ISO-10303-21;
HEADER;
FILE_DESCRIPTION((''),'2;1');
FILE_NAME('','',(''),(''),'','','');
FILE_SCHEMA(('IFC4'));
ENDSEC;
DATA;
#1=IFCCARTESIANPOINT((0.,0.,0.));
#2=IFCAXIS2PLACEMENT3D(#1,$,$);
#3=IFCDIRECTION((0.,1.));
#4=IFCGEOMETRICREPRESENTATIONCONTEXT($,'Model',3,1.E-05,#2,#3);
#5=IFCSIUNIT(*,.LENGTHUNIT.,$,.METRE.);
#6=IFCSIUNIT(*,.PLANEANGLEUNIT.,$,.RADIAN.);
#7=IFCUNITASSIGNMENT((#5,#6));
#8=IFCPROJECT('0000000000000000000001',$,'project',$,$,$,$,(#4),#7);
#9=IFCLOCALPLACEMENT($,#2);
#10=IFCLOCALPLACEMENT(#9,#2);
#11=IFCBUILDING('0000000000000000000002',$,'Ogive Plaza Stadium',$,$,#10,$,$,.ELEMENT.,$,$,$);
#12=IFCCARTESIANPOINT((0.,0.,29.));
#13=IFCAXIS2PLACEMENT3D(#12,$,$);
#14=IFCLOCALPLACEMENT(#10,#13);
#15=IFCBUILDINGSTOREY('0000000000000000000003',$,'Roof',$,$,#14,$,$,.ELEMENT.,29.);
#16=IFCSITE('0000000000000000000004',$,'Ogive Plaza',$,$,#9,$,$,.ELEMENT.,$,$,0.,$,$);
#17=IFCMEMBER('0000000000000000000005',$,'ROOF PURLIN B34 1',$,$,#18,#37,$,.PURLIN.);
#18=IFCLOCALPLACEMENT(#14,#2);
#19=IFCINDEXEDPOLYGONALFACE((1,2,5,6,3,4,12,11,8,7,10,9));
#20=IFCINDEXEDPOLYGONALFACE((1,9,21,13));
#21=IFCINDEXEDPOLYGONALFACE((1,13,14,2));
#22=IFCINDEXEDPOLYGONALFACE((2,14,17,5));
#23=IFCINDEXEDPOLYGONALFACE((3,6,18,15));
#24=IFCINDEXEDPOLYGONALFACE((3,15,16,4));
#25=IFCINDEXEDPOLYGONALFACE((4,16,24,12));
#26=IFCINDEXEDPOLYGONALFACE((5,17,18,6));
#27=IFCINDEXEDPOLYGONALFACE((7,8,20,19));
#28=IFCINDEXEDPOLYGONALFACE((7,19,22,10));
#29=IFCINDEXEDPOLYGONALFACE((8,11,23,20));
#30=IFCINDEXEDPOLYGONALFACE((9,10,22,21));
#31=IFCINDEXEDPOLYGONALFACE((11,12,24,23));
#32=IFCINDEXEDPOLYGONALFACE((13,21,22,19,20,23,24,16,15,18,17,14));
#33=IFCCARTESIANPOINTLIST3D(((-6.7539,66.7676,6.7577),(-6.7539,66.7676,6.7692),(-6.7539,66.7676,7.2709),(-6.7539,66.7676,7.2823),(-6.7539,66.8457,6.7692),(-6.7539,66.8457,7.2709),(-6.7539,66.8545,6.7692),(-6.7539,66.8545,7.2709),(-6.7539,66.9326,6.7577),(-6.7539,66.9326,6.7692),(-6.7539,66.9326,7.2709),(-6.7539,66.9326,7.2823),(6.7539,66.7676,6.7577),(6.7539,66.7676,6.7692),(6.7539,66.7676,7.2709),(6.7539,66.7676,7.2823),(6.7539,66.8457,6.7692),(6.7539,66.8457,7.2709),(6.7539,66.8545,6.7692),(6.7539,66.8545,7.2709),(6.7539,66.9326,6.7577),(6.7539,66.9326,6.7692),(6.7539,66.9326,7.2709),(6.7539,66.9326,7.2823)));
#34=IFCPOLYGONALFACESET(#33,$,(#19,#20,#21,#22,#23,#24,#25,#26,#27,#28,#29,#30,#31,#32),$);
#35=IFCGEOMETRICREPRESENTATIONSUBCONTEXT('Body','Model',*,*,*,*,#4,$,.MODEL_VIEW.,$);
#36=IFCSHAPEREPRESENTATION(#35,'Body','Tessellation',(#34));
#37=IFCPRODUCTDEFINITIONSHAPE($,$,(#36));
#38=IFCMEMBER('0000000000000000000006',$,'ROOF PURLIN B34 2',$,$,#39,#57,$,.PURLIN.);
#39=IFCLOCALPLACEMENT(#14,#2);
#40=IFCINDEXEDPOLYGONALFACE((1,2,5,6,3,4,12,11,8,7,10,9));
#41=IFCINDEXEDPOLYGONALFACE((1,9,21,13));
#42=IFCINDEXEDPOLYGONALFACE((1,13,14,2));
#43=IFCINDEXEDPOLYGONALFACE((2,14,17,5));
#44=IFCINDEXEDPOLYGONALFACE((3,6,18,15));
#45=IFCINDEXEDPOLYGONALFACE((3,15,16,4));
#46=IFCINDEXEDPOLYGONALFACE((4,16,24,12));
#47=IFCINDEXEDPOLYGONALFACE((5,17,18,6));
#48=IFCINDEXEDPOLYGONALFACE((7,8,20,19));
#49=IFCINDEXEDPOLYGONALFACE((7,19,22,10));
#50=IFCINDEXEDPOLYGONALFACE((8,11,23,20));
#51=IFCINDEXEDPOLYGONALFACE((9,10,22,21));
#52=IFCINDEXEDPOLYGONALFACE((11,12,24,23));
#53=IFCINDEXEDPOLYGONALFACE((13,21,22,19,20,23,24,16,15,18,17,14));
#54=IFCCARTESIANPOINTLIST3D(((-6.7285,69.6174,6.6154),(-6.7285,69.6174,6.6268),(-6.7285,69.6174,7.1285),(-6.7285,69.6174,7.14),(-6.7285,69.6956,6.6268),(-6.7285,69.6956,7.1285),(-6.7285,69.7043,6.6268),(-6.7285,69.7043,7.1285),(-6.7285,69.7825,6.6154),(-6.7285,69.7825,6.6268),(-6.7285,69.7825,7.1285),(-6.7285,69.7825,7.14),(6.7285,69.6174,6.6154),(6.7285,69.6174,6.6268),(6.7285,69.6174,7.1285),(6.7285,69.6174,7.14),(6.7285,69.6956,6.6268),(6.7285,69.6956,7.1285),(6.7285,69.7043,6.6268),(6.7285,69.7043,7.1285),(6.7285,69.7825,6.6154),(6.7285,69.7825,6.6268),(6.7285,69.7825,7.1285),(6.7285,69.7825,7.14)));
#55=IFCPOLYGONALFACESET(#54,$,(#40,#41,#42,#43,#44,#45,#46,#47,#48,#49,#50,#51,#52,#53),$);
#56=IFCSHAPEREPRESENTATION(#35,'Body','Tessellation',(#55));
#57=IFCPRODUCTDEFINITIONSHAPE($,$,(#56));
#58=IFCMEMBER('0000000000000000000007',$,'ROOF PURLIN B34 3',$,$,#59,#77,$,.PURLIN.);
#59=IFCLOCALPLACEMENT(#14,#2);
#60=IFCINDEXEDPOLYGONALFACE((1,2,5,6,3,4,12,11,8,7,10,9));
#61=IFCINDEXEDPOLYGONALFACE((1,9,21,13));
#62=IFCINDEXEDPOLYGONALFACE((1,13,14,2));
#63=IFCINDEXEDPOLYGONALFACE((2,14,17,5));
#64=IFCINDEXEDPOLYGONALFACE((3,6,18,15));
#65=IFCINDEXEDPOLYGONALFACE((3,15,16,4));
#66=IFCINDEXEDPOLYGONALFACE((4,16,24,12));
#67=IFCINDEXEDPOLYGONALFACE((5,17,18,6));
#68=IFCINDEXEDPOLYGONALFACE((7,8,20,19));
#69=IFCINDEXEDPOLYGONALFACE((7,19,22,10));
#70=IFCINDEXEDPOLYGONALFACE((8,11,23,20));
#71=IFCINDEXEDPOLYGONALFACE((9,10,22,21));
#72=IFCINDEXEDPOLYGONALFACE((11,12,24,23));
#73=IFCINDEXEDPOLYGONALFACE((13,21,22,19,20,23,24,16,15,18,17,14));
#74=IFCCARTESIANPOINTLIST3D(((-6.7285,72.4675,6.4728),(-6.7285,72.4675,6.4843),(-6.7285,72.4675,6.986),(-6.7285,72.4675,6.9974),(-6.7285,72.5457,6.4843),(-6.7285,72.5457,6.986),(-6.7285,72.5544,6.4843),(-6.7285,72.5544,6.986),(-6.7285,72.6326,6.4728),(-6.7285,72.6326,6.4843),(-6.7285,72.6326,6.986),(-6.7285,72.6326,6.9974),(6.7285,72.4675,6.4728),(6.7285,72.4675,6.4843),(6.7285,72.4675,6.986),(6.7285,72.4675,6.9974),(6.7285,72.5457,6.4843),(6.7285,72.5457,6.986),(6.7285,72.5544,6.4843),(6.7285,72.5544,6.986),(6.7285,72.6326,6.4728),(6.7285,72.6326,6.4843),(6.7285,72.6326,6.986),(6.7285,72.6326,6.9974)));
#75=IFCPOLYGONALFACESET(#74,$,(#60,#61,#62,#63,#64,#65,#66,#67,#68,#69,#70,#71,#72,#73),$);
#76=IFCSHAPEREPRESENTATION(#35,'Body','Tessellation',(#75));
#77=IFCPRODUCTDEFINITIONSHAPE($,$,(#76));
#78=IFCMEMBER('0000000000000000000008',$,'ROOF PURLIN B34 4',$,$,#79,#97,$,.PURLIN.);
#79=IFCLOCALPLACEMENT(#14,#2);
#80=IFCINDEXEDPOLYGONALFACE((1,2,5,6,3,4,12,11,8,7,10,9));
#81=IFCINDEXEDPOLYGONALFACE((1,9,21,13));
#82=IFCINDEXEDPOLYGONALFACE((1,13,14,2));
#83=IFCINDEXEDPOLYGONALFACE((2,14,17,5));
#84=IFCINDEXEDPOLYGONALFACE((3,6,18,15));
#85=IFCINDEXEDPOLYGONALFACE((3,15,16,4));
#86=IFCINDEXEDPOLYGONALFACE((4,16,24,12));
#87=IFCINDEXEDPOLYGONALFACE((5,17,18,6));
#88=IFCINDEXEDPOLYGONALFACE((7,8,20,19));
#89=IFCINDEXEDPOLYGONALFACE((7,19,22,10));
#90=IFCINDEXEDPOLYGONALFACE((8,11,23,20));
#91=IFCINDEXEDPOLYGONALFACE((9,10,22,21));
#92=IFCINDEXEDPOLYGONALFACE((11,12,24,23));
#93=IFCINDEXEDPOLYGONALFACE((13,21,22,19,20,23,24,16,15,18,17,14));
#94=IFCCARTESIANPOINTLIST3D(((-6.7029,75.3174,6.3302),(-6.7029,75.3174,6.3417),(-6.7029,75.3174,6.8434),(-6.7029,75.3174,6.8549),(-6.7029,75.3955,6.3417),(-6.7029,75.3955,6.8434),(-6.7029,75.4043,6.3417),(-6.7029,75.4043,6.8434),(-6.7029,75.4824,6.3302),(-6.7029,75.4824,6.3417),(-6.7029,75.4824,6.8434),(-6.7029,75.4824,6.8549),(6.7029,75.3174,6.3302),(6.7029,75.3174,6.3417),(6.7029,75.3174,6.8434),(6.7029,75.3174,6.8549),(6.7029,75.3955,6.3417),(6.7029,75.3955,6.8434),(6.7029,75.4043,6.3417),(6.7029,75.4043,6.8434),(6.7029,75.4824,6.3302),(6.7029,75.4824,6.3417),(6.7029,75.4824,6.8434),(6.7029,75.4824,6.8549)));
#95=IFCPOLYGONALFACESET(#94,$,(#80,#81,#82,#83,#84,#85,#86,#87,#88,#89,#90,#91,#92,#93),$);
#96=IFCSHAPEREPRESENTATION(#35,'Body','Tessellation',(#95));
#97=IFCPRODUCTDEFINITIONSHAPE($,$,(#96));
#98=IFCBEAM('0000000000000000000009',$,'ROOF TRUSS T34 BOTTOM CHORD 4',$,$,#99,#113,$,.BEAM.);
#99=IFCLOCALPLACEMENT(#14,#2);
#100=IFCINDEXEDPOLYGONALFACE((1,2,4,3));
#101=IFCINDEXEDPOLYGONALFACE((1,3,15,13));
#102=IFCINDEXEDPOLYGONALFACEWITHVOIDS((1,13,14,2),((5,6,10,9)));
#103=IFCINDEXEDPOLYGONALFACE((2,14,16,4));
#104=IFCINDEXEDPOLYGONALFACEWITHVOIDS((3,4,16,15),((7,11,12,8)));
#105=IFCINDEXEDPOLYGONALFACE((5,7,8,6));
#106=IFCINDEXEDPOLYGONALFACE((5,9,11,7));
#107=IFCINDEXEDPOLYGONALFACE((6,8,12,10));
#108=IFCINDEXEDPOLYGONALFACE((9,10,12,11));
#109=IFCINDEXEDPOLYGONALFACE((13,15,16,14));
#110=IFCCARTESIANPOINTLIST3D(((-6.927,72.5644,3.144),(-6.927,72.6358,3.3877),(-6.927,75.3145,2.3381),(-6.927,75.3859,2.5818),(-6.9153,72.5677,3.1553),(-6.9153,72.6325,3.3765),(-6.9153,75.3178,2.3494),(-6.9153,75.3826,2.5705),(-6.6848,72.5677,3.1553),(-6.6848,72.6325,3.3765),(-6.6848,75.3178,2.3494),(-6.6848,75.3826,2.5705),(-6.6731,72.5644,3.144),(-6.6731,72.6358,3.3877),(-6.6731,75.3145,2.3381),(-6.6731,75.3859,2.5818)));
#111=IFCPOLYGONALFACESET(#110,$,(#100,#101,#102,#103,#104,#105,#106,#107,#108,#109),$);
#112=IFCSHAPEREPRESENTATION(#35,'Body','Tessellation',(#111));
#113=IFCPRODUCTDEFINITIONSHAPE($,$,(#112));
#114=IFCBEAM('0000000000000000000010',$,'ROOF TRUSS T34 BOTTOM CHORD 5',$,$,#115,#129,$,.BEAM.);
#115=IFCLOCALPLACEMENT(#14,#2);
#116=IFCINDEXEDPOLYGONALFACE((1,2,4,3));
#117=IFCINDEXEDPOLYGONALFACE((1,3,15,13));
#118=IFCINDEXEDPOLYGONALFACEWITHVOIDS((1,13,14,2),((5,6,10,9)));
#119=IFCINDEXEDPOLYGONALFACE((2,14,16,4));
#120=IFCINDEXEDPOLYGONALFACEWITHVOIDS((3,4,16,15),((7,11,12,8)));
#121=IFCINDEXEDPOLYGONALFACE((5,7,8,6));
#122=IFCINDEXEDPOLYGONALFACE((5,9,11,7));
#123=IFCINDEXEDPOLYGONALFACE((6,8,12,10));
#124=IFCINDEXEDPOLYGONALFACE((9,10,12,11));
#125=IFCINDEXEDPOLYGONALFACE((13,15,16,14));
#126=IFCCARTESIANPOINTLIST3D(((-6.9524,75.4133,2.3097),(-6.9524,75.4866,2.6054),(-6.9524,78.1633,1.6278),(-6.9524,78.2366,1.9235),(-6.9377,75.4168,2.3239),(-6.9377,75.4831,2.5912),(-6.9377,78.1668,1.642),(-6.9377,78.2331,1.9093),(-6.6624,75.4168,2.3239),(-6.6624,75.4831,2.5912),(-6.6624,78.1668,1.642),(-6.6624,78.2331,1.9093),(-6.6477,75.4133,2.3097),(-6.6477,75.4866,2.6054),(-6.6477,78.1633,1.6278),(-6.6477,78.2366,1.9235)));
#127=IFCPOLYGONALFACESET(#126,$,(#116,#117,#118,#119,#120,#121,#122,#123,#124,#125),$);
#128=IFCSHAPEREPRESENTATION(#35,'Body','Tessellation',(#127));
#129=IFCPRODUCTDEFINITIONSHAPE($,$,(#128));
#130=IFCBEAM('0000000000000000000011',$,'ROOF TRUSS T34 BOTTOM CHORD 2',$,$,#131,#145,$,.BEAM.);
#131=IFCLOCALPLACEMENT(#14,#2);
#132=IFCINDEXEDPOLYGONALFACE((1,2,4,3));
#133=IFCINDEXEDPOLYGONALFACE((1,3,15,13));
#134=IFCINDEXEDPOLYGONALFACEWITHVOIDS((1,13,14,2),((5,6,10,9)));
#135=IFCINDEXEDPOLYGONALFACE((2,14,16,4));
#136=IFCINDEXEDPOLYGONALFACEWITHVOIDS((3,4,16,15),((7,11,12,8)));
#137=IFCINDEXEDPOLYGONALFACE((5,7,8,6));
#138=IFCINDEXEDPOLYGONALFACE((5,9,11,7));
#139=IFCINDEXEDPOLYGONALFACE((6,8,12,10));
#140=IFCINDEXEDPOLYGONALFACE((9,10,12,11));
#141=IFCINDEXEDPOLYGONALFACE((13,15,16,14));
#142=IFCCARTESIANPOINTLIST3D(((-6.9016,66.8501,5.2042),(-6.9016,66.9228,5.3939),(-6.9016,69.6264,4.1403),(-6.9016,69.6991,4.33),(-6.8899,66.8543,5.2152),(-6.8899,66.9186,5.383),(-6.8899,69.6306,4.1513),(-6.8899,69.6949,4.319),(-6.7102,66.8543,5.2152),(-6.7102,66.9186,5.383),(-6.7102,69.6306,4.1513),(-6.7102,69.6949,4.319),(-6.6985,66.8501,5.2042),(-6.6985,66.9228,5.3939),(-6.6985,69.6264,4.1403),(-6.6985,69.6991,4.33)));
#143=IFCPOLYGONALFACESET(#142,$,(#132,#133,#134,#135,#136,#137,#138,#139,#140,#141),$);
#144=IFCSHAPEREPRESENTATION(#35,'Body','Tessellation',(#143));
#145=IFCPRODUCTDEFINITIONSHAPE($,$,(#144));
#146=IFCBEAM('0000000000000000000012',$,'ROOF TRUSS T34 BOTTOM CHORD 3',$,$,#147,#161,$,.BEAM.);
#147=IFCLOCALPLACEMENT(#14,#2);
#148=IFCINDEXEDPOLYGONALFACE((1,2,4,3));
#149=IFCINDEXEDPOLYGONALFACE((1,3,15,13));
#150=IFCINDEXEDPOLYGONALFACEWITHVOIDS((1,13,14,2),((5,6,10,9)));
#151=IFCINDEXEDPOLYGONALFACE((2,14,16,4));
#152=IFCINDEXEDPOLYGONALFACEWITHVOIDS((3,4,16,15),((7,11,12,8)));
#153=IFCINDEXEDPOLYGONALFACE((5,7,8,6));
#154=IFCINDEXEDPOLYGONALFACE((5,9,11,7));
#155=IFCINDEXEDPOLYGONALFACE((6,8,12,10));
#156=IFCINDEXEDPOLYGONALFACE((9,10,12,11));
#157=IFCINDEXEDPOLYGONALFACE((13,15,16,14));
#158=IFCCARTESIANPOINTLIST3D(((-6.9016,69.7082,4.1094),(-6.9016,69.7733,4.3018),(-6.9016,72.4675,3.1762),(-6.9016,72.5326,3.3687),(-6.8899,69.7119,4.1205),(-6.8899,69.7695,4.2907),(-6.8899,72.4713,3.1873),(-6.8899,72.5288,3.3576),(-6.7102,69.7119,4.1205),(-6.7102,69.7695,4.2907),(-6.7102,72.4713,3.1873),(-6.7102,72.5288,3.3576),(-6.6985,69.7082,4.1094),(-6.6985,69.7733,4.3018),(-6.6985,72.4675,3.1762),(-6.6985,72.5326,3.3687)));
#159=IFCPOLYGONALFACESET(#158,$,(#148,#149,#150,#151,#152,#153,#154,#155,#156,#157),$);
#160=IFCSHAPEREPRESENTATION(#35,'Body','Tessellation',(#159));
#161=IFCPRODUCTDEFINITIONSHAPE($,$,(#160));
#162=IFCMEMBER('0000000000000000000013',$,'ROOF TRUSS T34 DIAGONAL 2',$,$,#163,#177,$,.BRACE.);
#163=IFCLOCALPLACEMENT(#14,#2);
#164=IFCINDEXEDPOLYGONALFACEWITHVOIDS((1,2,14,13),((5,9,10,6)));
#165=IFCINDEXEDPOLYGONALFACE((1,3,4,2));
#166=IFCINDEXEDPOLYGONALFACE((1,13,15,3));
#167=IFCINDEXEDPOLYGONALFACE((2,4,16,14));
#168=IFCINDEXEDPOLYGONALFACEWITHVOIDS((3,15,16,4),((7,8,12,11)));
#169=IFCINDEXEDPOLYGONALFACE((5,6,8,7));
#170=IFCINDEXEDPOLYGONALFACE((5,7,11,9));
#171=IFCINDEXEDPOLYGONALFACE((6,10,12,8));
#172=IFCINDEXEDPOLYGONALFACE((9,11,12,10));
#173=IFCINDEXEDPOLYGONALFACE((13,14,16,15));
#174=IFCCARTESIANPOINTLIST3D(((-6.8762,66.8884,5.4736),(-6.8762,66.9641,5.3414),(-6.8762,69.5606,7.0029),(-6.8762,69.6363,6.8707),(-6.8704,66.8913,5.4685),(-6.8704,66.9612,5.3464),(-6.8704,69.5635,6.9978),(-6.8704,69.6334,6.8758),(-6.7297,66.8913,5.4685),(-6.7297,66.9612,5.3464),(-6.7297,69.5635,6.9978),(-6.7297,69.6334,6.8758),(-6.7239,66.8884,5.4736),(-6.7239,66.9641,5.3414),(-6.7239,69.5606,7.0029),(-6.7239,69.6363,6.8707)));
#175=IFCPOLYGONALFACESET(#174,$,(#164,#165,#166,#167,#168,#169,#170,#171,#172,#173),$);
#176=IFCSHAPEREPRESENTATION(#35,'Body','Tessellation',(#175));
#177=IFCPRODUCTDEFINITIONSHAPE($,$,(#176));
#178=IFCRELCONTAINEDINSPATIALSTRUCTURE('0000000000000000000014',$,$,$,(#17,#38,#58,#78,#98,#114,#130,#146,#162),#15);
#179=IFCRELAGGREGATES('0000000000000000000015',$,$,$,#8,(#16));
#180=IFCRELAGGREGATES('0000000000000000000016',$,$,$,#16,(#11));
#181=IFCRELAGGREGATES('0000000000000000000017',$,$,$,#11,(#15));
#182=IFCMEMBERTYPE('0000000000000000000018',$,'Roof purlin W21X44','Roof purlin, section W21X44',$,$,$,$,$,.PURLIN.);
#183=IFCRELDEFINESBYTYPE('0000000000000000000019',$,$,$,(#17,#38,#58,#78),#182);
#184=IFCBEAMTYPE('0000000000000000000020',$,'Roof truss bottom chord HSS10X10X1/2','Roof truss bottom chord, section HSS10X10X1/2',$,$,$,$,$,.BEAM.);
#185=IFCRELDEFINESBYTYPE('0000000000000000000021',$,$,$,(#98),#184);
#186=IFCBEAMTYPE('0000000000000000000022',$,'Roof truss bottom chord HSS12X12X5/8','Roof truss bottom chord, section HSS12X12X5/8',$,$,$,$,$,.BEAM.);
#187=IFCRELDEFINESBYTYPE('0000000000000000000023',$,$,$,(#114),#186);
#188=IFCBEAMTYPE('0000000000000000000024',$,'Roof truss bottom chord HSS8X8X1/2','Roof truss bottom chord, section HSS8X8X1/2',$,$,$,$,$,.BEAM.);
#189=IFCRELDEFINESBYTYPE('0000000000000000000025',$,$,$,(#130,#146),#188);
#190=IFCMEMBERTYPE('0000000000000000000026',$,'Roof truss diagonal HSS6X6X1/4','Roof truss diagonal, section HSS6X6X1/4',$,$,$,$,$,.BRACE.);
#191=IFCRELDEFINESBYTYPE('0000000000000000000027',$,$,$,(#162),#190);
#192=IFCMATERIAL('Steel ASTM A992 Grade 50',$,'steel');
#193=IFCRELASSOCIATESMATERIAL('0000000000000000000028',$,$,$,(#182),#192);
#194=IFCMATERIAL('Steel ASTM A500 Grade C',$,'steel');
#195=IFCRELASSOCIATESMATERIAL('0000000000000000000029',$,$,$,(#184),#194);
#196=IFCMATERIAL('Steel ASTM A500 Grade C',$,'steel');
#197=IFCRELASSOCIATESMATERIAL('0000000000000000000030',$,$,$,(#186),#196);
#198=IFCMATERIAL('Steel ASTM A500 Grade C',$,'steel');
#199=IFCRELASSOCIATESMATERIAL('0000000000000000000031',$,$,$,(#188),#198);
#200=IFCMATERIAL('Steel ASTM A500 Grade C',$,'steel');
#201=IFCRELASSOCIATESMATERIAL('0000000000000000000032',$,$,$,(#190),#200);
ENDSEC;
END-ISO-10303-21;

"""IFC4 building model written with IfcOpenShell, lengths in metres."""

from ifc_helpers import new_model, si_unit, direction, frame, origin, origin_2d, place, context, subcontext, project, spatial, hollow_rectangle, i_section, extrude, material, material_profile, profile_set, type_object, element, save


model = new_model("IFC4")

# Units and contexts
model_context = context("Model", 3, precision=1e-05, world=origin(), true_north=direction((0.0, 1.0)))
body_context = subcontext(model_context, "Body", "Model", "MODEL_VIEW")
ifc_project = project(units=[si_unit("LENGTHUNIT", "METRE"), si_unit("PLANEANGLEUNIT", "RADIAN")], contexts=[model_context])

# Site, building, storey
site_placement = place(None, origin())
site = spatial("IfcSite", under=ifc_project, at=site_placement, Name="Ogive Plaza", CompositionType="ELEMENT", RefElevation=0.0)
building_placement = place(site_placement, origin())
building = spatial("IfcBuilding", under=site, at=building_placement, Name="Ogive Plaza Stadium", CompositionType="ELEMENT")
storey_placement = place(building_placement, frame((0.0, 0.0, 29.0)))
storey = spatial("IfcBuildingStorey", under=building, at=storey_placement, Name="Roof", CompositionType="ELEMENT", Elevation=29.0)

# Members
ifc_material_1 = material(Name="Steel ASTM A992 Grade 50", Category="steel")
ifc_material_profile_1 = material_profile(ifc_material_1, i_section(OverallWidth=0.165, OverallDepth=0.5247, WebThickness=0.0088, FlangeThickness=0.0115, at=origin_2d()), Name="W21X44")
ifc_profile_set_1 = profile_set([ifc_material_profile_1], Name="Steel ASTM A992 Grade 50")
member_type_1 = type_object("IfcMemberType", Name="Roof purlin W21X44", Description="Roof purlin, section W21X44", PredefinedType="PURLIN", material=ifc_profile_set_1)
member_1_placement = place(storey_placement, frame((-6.7539, 66.8501, 7.02), z_axis=(1.0, 0.0, 0.0), x_axis=(0.0, 1.0, 0.0)))
element("IfcMember", 1, at=member_1_placement, inside=storey, type_object=member_type_1, Name="ROOF PURLIN B34 1", PredefinedType="PURLIN", context=body_context, shape_type="SweptSolid", body=[
    extrude(i_section(OverallWidth=0.165, OverallDepth=0.5247, WebThickness=0.0088, FlangeThickness=0.0115, at=origin_2d()), origin(), (0.0, 0.0, 1.0), 13.5078),
])
for number, where, z_axis, x_axis, name in (
    (2, (-6.7285, 69.7, 6.8777), (1.0, 0.0, 0.0), (0.0, 1.0, 0.0), "ROOF PURLIN B34 2"),
    (3, (-6.7285, 72.55, 6.7351), (1.0, 0.0, 0.0), (0.0, 1.0, 0.0), "ROOF PURLIN B34 3"),
):
    element("IfcMember", number, at=place(storey_placement, frame(where, z_axis=z_axis, x_axis=x_axis)), inside=storey, type_object=member_type_1, Name=name, PredefinedType="PURLIN", context=body_context, shape_type="SweptSolid", body=[
        extrude(i_section(OverallWidth=0.165, OverallDepth=0.5247, WebThickness=0.0088, FlangeThickness=0.0115, at=origin_2d()), origin(), (0.0, 0.0, 1.0), 13.457),
    ])
member_2_placement = place(storey_placement, frame((-6.7029, 75.3999, 6.5925), z_axis=(1.0, 0.0, 0.0), x_axis=(0.0, 1.0, 0.0)))
element("IfcMember", 4, at=member_2_placement, inside=storey, type_object=member_type_1, Name="ROOF PURLIN B34 4", PredefinedType="PURLIN", context=body_context, shape_type="SweptSolid", body=[
    extrude(i_section(OverallWidth=0.165, OverallDepth=0.5247, WebThickness=0.0088, FlangeThickness=0.0115, at=origin_2d()), origin(), (0.0, 0.0, 1.0), 13.4058),
])

# Beams
ifc_material_2 = material(Name="Steel ASTM A500 Grade C", Category="steel")
ifc_material_profile_2 = material_profile(ifc_material_2, hollow_rectangle(XDim=0.2539, YDim=0.2539, WallThickness=0.0117, at=origin_2d()), Name="HSS10X10X1/2")
ifc_profile_set_2 = profile_set([ifc_material_profile_2], Name="Steel ASTM A500 Grade C")
beam_type_1 = type_object("IfcBeamType", Name="Roof truss bottom chord HSS10X10X1/2", Description="Roof truss bottom chord, section HSS10X10X1/2", PredefinedType="BEAM", material=ifc_profile_set_2)
beam_1_placement = place(storey_placement, frame((-6.8, 72.6001, 3.2659), z_axis=(0.0, 0.95964, -0.28123), x_axis=(-1.0, 0.0, 0.0)))
element("IfcBeam", 5, at=beam_1_placement, inside=storey, type_object=beam_type_1, Name="ROOF TRUSS T34 BOTTOM CHORD 4", PredefinedType="BEAM", context=body_context, shape_type="SweptSolid", body=[
    extrude(hollow_rectangle(XDim=0.2539, YDim=0.2539, WallThickness=0.0117, at=origin_2d()), origin(), (0.0, 0.0, 1.0), 2.8657),
])
ifc_material_3 = material(Name="Steel ASTM A500 Grade C", Category="steel")
ifc_material_profile_3 = material_profile(ifc_material_3, hollow_rectangle(XDim=0.3047, YDim=0.3047, WallThickness=0.0146, at=origin_2d()), Name="HSS12X12X5/8")
ifc_profile_set_3 = profile_set([ifc_material_profile_3], Name="Steel ASTM A500 Grade C")
beam_type_2 = type_object("IfcBeamType", Name="Roof truss bottom chord HSS12X12X5/8", Description="Roof truss bottom chord, section HSS12X12X5/8", PredefinedType="BEAM", material=ifc_profile_set_3)
beam_2_placement = place(storey_placement, frame((-6.8, 75.45, 2.4575), z_axis=(0.0, 0.970607, -0.24067), x_axis=(-1.0, 0.0, 0.0)))
element("IfcBeam", 6, at=beam_2_placement, inside=storey, type_object=beam_type_2, Name="ROOF TRUSS T34 BOTTOM CHORD 5", PredefinedType="BEAM", context=body_context, shape_type="SweptSolid", body=[
    extrude(hollow_rectangle(XDim=0.3047, YDim=0.3047, WallThickness=0.0146, at=origin_2d()), origin(), (0.0, 0.0, 1.0), 2.8333),
])
ifc_material_4 = material(Name="Steel ASTM A500 Grade C", Category="steel")
ifc_material_profile_4 = material_profile(ifc_material_4, hollow_rectangle(XDim=0.2031, YDim=0.2031, WallThickness=0.0117, at=origin_2d()), Name="HSS8X8X1/2")
ifc_profile_set_4 = profile_set([ifc_material_profile_4], Name="Steel ASTM A500 Grade C")
beam_type_3 = type_object("IfcBeamType", Name="Roof truss bottom chord HSS8X8X1/2", Description="Roof truss bottom chord, section HSS8X8X1/2", PredefinedType="BEAM", material=ifc_profile_set_4)
beam_3_placement = place(storey_placement, frame((-6.8, 66.8865, 5.2991), z_axis=(0.0, 0.933781, -0.357845), x_axis=(-1.0, 0.0, 0.0)))
element("IfcBeam", 7, at=beam_3_placement, inside=storey, type_object=beam_type_3, Name="ROOF TRUSS T34 BOTTOM CHORD 2", PredefinedType="BEAM", context=body_context, shape_type="SweptSolid", body=[
    extrude(hollow_rectangle(XDim=0.2031, YDim=0.2031, WallThickness=0.0117, at=origin_2d()), origin(), (0.0, 0.0, 1.0), 2.9731),
])
beam_4_placement = place(storey_placement, frame((-6.8, 69.7407, 4.2056), z_axis=(0.0, 0.9473, -0.320349), x_axis=(-1.0, 0.0, 0.0)))
element("IfcBeam", 8, at=beam_4_placement, inside=storey, type_object=beam_type_3, Name="ROOF TRUSS T34 BOTTOM CHORD 3", PredefinedType="BEAM", context=body_context, shape_type="SweptSolid", body=[
    extrude(hollow_rectangle(XDim=0.2031, YDim=0.2031, WallThickness=0.0117, at=origin_2d()), origin(), (0.0, 0.0, 1.0), 2.9128),
])

# Member
ifc_material_5 = material(Name="Steel ASTM A500 Grade C", Category="steel")
ifc_material_profile_5 = material_profile(ifc_material_5, hollow_rectangle(XDim=0.1523, YDim=0.1523, WallThickness=0.0059, at=origin_2d()), Name="HSS6X6X1/4")
ifc_profile_set_5 = profile_set([ifc_material_profile_5], Name="Steel ASTM A500 Grade C")
member_type_2 = type_object("IfcMemberType", Name="Roof truss diagonal HSS6X6X1/4", Description="Roof truss diagonal, section HSS6X6X1/4", PredefinedType="BRACE", material=ifc_profile_set_5)
member_3_placement = place(storey_placement, frame((-6.8, 66.9263, 5.4075), z_axis=(0.0, 0.867911, 0.49672), x_axis=(-1.0, 0.0, 0.0)))
element("IfcMember", 9, at=member_3_placement, inside=storey, type_object=member_type_2, Name="ROOF TRUSS T34 DIAGONAL 2", PredefinedType="BRACE", context=body_context, shape_type="SweptSolid", body=[
    extrude(hollow_rectangle(XDim=0.1523, YDim=0.1523, WallThickness=0.0059, at=origin_2d()), origin(), (0.0, 0.0, 1.0), 3.0789),
])

save(model, "model.ifc")
